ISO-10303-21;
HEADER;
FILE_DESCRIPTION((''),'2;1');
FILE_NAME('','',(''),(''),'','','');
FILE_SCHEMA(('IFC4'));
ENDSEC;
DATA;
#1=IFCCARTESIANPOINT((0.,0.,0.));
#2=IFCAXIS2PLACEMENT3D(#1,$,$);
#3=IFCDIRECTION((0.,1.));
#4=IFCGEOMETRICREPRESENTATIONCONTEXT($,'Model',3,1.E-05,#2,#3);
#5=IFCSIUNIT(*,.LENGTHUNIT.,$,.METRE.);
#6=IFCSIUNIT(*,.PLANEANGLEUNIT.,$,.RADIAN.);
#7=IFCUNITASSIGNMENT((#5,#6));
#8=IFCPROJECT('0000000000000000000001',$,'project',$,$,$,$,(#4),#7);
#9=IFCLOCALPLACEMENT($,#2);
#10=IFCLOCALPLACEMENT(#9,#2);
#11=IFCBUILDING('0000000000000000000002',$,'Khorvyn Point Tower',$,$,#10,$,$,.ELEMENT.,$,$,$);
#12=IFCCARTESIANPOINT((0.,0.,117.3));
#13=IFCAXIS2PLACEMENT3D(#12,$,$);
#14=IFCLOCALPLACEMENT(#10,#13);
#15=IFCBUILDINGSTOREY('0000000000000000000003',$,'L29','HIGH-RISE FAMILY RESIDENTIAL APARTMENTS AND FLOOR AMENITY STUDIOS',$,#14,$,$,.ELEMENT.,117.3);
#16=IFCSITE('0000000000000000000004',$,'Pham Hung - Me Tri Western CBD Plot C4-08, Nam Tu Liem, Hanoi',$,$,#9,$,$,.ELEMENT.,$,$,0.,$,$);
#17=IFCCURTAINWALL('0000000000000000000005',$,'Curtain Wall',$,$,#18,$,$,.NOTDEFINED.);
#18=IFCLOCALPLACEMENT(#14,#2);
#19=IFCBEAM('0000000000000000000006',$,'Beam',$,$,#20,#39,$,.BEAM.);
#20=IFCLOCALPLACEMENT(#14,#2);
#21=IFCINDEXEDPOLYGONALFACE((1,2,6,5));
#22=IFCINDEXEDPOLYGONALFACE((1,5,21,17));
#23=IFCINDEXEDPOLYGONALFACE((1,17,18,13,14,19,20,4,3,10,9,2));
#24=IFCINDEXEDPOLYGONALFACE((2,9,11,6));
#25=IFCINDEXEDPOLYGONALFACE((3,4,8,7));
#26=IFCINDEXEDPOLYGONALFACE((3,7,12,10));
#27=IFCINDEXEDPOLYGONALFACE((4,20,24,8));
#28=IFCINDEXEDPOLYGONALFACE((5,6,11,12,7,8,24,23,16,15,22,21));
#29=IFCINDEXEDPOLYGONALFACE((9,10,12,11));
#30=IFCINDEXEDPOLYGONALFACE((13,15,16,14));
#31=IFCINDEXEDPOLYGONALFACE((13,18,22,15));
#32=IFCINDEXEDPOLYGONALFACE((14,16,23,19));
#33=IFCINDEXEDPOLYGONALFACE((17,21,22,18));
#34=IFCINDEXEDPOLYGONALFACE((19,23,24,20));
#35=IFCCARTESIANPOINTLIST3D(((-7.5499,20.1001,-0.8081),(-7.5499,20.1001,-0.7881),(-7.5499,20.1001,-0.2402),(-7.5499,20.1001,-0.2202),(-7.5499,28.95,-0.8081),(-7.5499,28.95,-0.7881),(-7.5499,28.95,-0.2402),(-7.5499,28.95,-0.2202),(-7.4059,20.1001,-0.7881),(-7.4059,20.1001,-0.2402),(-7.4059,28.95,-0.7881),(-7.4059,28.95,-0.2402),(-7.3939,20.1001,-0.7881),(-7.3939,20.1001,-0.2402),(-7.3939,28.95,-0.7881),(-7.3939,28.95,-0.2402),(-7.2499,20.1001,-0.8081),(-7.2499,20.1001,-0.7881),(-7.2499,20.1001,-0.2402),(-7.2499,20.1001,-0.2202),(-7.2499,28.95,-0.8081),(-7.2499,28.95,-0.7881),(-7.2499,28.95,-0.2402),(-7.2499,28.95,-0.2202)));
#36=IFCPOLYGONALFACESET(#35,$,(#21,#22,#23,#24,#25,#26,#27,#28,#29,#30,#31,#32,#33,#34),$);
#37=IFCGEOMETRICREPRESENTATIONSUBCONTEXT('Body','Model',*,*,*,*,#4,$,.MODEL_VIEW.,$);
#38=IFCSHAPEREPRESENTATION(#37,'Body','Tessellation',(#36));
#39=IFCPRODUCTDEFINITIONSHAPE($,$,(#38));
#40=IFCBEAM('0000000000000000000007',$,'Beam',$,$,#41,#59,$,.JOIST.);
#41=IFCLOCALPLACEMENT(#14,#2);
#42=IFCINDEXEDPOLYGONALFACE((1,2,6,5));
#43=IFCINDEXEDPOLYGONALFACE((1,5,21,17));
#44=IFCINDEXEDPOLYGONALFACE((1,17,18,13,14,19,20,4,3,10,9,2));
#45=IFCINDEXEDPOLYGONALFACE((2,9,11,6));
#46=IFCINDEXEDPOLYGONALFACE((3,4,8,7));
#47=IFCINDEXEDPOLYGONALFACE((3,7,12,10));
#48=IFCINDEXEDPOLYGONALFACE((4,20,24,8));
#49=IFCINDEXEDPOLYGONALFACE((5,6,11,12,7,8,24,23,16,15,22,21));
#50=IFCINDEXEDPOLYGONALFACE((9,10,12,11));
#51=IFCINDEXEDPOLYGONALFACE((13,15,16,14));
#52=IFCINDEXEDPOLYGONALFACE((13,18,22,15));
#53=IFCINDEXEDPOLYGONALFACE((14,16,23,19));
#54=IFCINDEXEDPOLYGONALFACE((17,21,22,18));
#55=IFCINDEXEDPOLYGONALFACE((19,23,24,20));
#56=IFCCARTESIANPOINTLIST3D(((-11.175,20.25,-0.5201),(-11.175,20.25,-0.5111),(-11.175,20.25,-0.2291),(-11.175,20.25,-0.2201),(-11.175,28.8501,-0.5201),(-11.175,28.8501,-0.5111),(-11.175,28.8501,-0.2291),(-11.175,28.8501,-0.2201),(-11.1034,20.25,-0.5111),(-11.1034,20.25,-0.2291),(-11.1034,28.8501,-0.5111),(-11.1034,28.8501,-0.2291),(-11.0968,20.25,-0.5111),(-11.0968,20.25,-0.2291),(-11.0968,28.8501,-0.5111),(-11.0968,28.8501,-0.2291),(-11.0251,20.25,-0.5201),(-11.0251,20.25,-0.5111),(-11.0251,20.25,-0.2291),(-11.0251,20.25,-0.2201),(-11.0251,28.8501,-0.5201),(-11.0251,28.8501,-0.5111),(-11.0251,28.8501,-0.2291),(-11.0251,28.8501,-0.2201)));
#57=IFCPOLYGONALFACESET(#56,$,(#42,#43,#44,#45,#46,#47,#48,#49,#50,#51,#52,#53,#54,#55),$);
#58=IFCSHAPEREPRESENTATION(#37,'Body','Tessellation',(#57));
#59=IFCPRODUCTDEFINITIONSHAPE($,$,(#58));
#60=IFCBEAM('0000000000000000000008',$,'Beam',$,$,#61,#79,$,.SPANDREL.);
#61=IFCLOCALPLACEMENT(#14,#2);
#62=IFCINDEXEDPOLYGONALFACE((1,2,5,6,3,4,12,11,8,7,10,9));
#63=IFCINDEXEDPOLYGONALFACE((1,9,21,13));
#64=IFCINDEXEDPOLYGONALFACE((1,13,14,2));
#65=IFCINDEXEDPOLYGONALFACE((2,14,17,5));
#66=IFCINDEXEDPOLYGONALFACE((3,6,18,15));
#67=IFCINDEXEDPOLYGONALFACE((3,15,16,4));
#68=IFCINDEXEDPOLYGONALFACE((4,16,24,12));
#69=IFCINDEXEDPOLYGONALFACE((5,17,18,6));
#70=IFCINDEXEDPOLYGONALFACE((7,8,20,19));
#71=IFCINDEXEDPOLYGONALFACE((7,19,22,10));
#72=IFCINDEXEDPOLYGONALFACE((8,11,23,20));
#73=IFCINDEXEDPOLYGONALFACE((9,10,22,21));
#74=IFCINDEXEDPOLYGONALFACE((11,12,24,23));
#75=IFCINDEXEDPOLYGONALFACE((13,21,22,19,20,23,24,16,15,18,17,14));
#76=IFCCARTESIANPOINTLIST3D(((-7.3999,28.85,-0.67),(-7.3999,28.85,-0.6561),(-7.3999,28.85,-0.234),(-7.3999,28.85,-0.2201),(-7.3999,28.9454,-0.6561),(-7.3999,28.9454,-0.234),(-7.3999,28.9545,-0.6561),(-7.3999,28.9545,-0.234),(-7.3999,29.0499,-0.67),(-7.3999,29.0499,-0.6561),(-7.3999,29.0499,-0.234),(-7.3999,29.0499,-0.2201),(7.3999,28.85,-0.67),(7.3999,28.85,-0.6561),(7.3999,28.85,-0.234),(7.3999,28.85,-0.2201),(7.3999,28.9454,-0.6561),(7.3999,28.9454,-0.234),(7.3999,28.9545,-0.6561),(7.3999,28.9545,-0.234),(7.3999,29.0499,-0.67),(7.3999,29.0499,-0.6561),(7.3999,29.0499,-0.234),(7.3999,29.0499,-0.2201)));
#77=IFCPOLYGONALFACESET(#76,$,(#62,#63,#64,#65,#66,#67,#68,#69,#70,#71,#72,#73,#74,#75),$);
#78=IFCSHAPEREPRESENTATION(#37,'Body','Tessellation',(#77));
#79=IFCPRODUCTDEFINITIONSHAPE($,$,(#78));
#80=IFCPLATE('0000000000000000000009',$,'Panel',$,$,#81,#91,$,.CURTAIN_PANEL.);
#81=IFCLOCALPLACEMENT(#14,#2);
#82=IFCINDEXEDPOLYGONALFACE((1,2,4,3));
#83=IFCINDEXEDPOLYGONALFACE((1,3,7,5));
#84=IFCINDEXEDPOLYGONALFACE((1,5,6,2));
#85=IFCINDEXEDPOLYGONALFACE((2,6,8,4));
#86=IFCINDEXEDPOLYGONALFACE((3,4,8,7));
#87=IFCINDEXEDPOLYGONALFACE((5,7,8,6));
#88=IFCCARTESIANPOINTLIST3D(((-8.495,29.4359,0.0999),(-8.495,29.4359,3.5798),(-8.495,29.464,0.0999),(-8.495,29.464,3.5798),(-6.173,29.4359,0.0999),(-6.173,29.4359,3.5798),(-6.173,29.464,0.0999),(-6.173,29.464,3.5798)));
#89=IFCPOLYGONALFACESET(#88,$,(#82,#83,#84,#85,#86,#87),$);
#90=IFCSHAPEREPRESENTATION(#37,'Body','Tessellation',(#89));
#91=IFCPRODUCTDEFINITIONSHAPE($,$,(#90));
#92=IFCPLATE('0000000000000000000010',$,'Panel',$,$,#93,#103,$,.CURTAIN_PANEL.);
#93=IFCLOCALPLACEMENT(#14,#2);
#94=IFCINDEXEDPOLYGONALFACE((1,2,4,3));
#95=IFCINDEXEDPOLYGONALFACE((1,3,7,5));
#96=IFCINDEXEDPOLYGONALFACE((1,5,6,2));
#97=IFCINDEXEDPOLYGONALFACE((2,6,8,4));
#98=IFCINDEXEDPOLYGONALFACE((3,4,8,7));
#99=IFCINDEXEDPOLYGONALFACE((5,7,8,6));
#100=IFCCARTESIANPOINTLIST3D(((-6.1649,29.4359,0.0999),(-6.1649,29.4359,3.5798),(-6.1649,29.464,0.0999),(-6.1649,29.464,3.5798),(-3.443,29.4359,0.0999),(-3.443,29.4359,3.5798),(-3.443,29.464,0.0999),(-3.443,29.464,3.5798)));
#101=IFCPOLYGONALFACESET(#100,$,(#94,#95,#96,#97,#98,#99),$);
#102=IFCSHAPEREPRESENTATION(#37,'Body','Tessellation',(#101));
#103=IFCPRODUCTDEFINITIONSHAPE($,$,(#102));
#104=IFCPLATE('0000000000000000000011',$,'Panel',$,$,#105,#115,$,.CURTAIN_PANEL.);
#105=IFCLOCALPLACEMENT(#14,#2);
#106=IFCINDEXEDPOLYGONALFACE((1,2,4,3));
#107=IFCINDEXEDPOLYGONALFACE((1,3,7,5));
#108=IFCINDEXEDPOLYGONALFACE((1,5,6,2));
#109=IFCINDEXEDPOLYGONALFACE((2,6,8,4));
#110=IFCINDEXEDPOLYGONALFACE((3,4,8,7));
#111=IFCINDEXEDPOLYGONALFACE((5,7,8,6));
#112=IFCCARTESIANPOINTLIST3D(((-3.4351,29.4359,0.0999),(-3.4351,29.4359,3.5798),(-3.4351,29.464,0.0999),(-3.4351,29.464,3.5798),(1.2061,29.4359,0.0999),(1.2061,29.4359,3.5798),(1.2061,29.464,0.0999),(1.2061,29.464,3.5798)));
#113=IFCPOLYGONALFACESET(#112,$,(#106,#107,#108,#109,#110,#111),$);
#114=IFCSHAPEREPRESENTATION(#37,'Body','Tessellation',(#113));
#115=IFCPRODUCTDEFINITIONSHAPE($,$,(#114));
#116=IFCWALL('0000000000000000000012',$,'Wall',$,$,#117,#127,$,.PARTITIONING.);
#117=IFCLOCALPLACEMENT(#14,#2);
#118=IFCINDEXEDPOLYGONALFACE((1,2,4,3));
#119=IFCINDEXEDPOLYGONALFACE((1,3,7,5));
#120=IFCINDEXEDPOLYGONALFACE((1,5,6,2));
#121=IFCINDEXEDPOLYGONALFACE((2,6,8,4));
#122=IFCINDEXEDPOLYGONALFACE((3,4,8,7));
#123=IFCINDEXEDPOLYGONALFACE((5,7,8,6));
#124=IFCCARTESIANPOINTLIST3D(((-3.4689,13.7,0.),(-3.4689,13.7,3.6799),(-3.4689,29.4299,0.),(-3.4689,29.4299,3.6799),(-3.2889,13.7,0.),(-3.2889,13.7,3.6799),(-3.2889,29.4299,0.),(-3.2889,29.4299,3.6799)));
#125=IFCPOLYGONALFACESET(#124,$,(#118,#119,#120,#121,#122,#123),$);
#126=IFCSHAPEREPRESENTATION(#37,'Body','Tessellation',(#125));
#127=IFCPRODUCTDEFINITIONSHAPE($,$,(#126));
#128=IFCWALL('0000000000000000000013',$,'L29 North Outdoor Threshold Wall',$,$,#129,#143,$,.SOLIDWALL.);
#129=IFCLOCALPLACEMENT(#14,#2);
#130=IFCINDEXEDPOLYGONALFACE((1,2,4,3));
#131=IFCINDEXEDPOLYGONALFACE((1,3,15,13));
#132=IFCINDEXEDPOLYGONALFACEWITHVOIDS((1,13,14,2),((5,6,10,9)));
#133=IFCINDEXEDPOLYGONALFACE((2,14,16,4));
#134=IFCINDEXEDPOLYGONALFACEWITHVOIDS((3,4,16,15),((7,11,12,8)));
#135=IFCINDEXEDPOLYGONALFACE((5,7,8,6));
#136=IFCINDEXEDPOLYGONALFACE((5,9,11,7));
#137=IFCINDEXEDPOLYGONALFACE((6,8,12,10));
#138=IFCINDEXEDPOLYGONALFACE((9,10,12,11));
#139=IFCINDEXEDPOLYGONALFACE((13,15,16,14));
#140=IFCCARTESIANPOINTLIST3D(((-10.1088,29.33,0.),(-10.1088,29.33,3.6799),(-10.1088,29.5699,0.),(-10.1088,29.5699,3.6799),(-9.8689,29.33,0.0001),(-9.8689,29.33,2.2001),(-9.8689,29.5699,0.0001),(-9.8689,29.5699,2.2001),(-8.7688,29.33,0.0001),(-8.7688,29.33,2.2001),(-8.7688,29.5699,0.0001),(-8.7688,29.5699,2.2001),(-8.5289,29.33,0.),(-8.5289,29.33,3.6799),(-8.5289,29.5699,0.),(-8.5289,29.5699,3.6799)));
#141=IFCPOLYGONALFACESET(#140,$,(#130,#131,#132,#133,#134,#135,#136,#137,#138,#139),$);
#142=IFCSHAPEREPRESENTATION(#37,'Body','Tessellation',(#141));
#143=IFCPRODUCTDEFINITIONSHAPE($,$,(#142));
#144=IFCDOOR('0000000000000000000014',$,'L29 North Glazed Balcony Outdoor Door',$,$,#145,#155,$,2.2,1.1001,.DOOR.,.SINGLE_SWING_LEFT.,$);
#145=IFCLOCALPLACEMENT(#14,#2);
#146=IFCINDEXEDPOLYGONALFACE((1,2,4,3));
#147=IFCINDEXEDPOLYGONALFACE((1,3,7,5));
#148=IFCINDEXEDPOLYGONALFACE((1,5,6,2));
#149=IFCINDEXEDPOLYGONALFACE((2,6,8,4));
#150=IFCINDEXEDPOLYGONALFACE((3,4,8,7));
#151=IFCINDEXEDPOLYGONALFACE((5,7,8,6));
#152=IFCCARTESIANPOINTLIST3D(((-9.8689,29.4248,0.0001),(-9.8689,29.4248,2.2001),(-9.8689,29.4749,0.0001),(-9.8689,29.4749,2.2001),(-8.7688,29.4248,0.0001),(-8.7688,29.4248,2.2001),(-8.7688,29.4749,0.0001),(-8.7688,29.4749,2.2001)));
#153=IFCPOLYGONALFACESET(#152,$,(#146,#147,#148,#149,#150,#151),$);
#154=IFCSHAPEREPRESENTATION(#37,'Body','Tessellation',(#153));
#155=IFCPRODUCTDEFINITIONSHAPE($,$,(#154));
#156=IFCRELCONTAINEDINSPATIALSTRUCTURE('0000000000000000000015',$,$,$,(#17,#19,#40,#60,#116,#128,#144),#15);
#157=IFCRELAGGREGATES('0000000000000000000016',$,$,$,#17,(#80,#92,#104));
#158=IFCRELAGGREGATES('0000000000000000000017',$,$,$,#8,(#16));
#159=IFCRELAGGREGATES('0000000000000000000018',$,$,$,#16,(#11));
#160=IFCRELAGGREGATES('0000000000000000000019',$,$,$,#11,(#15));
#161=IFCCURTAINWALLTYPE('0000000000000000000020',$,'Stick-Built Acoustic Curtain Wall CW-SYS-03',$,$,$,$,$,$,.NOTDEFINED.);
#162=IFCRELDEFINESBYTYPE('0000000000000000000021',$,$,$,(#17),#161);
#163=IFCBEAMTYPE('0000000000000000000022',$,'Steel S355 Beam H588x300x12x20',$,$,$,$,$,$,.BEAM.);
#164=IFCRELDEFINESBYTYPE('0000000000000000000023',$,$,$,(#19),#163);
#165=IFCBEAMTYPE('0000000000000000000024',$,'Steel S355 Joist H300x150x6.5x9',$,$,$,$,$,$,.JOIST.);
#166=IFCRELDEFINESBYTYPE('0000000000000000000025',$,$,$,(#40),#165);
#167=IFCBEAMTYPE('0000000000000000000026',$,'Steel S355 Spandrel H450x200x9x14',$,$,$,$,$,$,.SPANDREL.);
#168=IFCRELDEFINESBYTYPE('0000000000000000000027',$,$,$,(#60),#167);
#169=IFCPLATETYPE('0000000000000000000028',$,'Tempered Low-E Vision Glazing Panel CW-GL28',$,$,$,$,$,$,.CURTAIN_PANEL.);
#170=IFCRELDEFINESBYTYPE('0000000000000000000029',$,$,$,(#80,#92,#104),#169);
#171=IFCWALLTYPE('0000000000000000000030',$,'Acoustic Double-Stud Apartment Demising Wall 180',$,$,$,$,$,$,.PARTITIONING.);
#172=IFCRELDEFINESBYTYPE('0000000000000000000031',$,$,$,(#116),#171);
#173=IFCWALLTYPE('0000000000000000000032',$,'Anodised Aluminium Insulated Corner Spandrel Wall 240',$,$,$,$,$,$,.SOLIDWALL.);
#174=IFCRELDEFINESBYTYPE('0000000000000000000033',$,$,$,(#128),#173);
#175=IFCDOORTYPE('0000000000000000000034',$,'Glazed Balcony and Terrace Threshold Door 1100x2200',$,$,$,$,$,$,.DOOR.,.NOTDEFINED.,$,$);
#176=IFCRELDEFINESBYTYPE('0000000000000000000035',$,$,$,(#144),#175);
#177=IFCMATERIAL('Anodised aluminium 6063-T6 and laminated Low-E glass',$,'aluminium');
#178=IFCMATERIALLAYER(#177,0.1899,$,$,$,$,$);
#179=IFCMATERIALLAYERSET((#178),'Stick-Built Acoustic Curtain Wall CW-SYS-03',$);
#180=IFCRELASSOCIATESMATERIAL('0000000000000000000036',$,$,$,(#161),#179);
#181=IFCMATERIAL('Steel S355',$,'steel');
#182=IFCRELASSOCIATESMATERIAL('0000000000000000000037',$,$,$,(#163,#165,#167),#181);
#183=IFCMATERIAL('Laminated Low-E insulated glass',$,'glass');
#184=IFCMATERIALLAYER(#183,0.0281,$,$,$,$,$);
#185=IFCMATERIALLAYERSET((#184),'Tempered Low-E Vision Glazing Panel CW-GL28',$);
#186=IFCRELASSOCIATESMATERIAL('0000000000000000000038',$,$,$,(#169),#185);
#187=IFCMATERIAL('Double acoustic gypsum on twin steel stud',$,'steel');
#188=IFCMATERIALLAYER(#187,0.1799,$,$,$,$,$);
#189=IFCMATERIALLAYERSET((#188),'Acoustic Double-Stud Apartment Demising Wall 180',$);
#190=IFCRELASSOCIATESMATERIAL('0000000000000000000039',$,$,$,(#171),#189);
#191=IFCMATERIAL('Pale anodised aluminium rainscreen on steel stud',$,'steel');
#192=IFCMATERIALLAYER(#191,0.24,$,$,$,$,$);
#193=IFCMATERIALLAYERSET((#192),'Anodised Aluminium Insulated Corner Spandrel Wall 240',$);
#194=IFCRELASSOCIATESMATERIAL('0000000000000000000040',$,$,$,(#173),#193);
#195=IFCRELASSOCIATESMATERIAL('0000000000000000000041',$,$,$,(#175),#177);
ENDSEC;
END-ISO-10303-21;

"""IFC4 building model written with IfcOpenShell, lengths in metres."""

from ifc_helpers import new_model, si_unit, direction, frame, frame_2d, origin, origin_2d, place, context, subcontext, project, spatial, rectangle, i_section, extrude, material, layer, layer_set, material_profile, profile_set, type_object, element, fill, aggregate, save


model = new_model("IFC4")

# Units and contexts
model_context = context("Model", 3, precision=1e-05, world=origin(), true_north=direction((0.0, 1.0)))
body_context = subcontext(model_context, "Body", "Model", "MODEL_VIEW")
ifc_project = project(units=[si_unit("LENGTHUNIT", "METRE"), si_unit("PLANEANGLEUNIT", "RADIAN")], contexts=[model_context])

# Site, building, storey
site_placement = place(None, origin())
site = spatial("IfcSite", under=ifc_project, at=site_placement, Name="Pham Hung - Me Tri Western CBD Plot C4-08, Nam Tu Liem, Hanoi", CompositionType="ELEMENT", RefElevation=0.0)
building_placement = place(site_placement, origin())
building = spatial("IfcBuilding", under=site, at=building_placement, Name="Khorvyn Point Tower", CompositionType="ELEMENT")
storey_placement = place(building_placement, frame((0.0, 0.0, 117.3)))
storey = spatial("IfcBuildingStorey", under=building, at=storey_placement, Name="L29", Description="HIGH-RISE FAMILY RESIDENTIAL APARTMENTS AND FLOOR AMENITY STUDIOS", CompositionType="ELEMENT", Elevation=117.3)

# Shared definitions
ifc_material_1 = material(Name="Anodised aluminium 6063-T6 and laminated Low-E glass", Category="aluminium")
ifc_layer_1 = layer(ifc_material_1, 0.1899)
ifc_layer_set_1 = layer_set([ifc_layer_1], Name="Stick-Built Acoustic Curtain Wall CW-SYS-03")
curtain_wall_type = type_object("IfcCurtainWallType", Name="Stick-Built Acoustic Curtain Wall CW-SYS-03", PredefinedType="NOTDEFINED", material=ifc_layer_set_1)

# Curtain wall
curtain_wall_1_placement = place(storey_placement, origin())
curtain_wall_1 = element("IfcCurtainWall", 1, at=curtain_wall_1_placement, inside=storey, type_object=curtain_wall_type, Name="Curtain Wall", PredefinedType="NOTDEFINED")

# Beams
ifc_material_2 = material(Name="Steel S355", Category="steel")
ifc_material_profile_1 = material_profile(ifc_material_2, i_section(OverallWidth=0.3, OverallDepth=0.5879, WebThickness=0.012, FlangeThickness=0.02, at=origin_2d()))
ifc_profile_set_1 = profile_set([ifc_material_profile_1], Name="Steel S355 H588x300x12x20")
beam_type_1 = type_object("IfcBeamType", Name="Steel S355 Beam H588x300x12x20", PredefinedType="BEAM", material=ifc_profile_set_1)
beam_1_placement = place(storey_placement, frame((-7.3999, 20.1001, -0.5142), z_axis=(0.0, 1.0, 0.0), x_axis=(-1.0, 0.0, 0.0)))
element("IfcBeam", 2, at=beam_1_placement, inside=storey, type_object=beam_type_1, Name="Beam", PredefinedType="BEAM", context=body_context, shape_type="SweptSolid", body=[
    extrude(i_section(OverallWidth=0.3, OverallDepth=0.5879, WebThickness=0.012, FlangeThickness=0.02, at=origin_2d()), origin(), (0.0, 0.0, 1.0), 8.8499),
])
ifc_material_profile_2 = material_profile(ifc_material_2, i_section(OverallWidth=0.1499, OverallDepth=0.3, WebThickness=0.0066, FlangeThickness=0.009, at=origin_2d()))
ifc_profile_set_2 = profile_set([ifc_material_profile_2], Name="Steel S355 H300x150x6.5x9")
beam_type_2 = type_object("IfcBeamType", Name="Steel S355 Joist H300x150x6.5x9", PredefinedType="JOIST", material=ifc_profile_set_2)
beam_2_placement = place(storey_placement, frame((-11.1001, 20.25, -0.3701), z_axis=(0.0, 1.0, 0.0), x_axis=(-1.0, 0.0, 0.0)))
element("IfcBeam", 3, at=beam_2_placement, inside=storey, type_object=beam_type_2, Name="Beam", PredefinedType="JOIST", context=body_context, shape_type="SweptSolid", body=[
    extrude(i_section(OverallWidth=0.1499, OverallDepth=0.3, WebThickness=0.0066, FlangeThickness=0.009, at=origin_2d()), origin(), (0.0, 0.0, 1.0), 8.6001),
])
ifc_material_profile_3 = material_profile(ifc_material_2, i_section(OverallWidth=0.2, OverallDepth=0.45, WebThickness=0.009, FlangeThickness=0.0139, at=origin_2d()))
ifc_profile_set_3 = profile_set([ifc_material_profile_3], Name="Steel S355 H450x200x9x14")
beam_type_3 = type_object("IfcBeamType", Name="Steel S355 Spandrel H450x200x9x14", PredefinedType="SPANDREL", material=ifc_profile_set_3)
beam_3_placement = place(storey_placement, frame((-7.3999, 28.95, -0.4451), z_axis=(1.0, 0.0, 0.0), x_axis=(0.0, 1.0, 0.0)))
element("IfcBeam", 4, at=beam_3_placement, inside=storey, type_object=beam_type_3, Name="Beam", PredefinedType="SPANDREL", context=body_context, shape_type="SweptSolid", body=[
    extrude(i_section(OverallWidth=0.2, OverallDepth=0.45, WebThickness=0.009, FlangeThickness=0.0139, at=origin_2d()), origin(), (0.0, 0.0, 1.0), 14.7998),
])

# Plates
ifc_material_3 = material(Name="Laminated Low-E insulated glass", Category="glass")
ifc_layer_2 = layer(ifc_material_3, 0.0281)
ifc_layer_set_2 = layer_set([ifc_layer_2], Name="Tempered Low-E Vision Glazing Panel CW-GL28")
plate_type = type_object("IfcPlateType", Name="Tempered Low-E Vision Glazing Panel CW-GL28", PredefinedType="CURTAIN_PANEL", material=ifc_layer_set_2)
plate_1_placement = place(storey_placement, frame((-7.334, 29.45, 0.0999), z_axis=(0.0, 0.0, 1.0), x_axis=(1.0, 0.0, 0.0)))
plate_1 = element("IfcPlate", 5, at=plate_1_placement, type_object=plate_type, Name="Panel", PredefinedType="CURTAIN_PANEL", context=body_context, shape_type="SweptSolid", body=[
    extrude(rectangle(XDim=2.322, YDim=0.0281, at=origin_2d()), origin(), (0.0, 0.0, 1.0), 3.48),
])
plate_2_placement = place(storey_placement, frame((-4.804, 29.45, 0.0999), z_axis=(0.0, 0.0, 1.0), x_axis=(1.0, 0.0, 0.0)))
plate_2 = element("IfcPlate", 6, at=plate_2_placement, type_object=plate_type, Name="Panel", PredefinedType="CURTAIN_PANEL", context=body_context, shape_type="SweptSolid", body=[
    extrude(rectangle(XDim=2.7219, YDim=0.0281, at=origin_2d()), origin(), (0.0, 0.0, 1.0), 3.48),
])
plate_3_placement = place(storey_placement, frame((-1.1145, 29.45, 0.0999), z_axis=(0.0, 0.0, 1.0), x_axis=(1.0, 0.0, 0.0)))
plate_3 = element("IfcPlate", 7, at=plate_3_placement, type_object=plate_type, Name="Panel", PredefinedType="CURTAIN_PANEL", context=body_context, shape_type="SweptSolid", body=[
    extrude(rectangle(XDim=4.6411, YDim=0.0281, at=origin_2d()), origin(), (0.0, 0.0, 1.0), 3.48),
])
aggregate(curtain_wall_1, [plate_1, plate_2, plate_3])

# Wall
ifc_material_4 = material(Name="Double acoustic gypsum on twin steel stud", Category="steel")
ifc_layer_3 = layer(ifc_material_4, 0.1799)
ifc_layer_set_3 = layer_set([ifc_layer_3], Name="Acoustic Double-Stud Apartment Demising Wall 180")
wall_type_1 = type_object("IfcWallType", Name="Acoustic Double-Stud Apartment Demising Wall 180", PredefinedType="PARTITIONING", material=ifc_layer_set_3)
wall_1_placement = place(storey_placement, frame((-3.3789, 13.7, 0.0), z_axis=(0.0, 0.0, 1.0), x_axis=(0.0, 1.0, 0.0)))
element("IfcWall", 8, at=wall_1_placement, inside=storey, type_object=wall_type_1, Name="Wall", PredefinedType="PARTITIONING", context=body_context, shape_type="SweptSolid", body=[
    extrude(rectangle(XDim=15.73, YDim=0.1799, at=frame_2d((7.865, 0.0))), origin(), (0.0, 0.0, 1.0), 3.6799),
])

# Wall, opening, door
ifc_material_5 = material(Name="Pale anodised aluminium rainscreen on steel stud", Category="steel")
ifc_layer_4 = layer(ifc_material_5, 0.24)
ifc_layer_set_4 = layer_set([ifc_layer_4], Name="Anodised Aluminium Insulated Corner Spandrel Wall 240")
wall_type_2 = type_object("IfcWallType", Name="Anodised Aluminium Insulated Corner Spandrel Wall 240", PredefinedType="SOLIDWALL", material=ifc_layer_set_4)
wall_2_placement = place(storey_placement, frame((-10.1089, 29.45, 0.0), z_axis=(0.0, 0.0, 1.0), x_axis=(1.0, 0.0, 0.0)))
wall_2 = element("IfcWall", 9, at=wall_2_placement, inside=storey, type_object=wall_type_2, Name="L29 North Outdoor Threshold Wall", PredefinedType="SOLIDWALL", context=body_context, shape_type="SweptSolid", body=[
    extrude(rectangle(XDim=1.5798, YDim=0.24, at=frame_2d((0.79, 0.0))), origin(), (0.0, 0.0, 1.0), 3.6799),
])
opening_1_placement = place(wall_2_placement, frame((0.24, 0.0, 0.0)))
opening_1 = element("IfcOpeningElement", 10, at=opening_1_placement, cuts=wall_2, PredefinedType="OPENING", context=body_context, shape_type="SweptSolid", body=[
    extrude(rectangle(XDim=1.1001, YDim=2.2, at=frame_2d((0.55, 1.1001))), frame((0.0, 0.1299, 0.0), z_axis=(0.0, -1.0, 0.0), x_axis=(1.0, 0.0, 0.0)), (0.0, 0.0, 1.0), 0.26),
])
door_type_1 = type_object("IfcDoorType", Name="Glazed Balcony and Terrace Threshold Door 1100x2200", OperationType="NOTDEFINED", PredefinedType="DOOR", material=ifc_material_1)
door_1_placement = place(opening_1_placement, origin())
door_1 = element("IfcDoor", 11, at=door_1_placement, inside=storey, type_object=door_type_1, Name="L29 North Glazed Balcony Outdoor Door", OperationType="SINGLE_SWING_LEFT", OverallHeight=2.2, OverallWidth=1.1001, PredefinedType="DOOR", context=body_context, shape_type="SweptSolid", body=[
    extrude(rectangle(XDim=1.1001, YDim=2.2, at=frame_2d((0.55, 1.1001))), frame((0.0, 0.0249, 0.0), z_axis=(0.0, -1.0, 0.0), x_axis=(1.0, 0.0, 0.0)), (0.0, 0.0, 1.0), 0.05),
])
fill(opening_1, door_1)

save(model, "model.ifc")
